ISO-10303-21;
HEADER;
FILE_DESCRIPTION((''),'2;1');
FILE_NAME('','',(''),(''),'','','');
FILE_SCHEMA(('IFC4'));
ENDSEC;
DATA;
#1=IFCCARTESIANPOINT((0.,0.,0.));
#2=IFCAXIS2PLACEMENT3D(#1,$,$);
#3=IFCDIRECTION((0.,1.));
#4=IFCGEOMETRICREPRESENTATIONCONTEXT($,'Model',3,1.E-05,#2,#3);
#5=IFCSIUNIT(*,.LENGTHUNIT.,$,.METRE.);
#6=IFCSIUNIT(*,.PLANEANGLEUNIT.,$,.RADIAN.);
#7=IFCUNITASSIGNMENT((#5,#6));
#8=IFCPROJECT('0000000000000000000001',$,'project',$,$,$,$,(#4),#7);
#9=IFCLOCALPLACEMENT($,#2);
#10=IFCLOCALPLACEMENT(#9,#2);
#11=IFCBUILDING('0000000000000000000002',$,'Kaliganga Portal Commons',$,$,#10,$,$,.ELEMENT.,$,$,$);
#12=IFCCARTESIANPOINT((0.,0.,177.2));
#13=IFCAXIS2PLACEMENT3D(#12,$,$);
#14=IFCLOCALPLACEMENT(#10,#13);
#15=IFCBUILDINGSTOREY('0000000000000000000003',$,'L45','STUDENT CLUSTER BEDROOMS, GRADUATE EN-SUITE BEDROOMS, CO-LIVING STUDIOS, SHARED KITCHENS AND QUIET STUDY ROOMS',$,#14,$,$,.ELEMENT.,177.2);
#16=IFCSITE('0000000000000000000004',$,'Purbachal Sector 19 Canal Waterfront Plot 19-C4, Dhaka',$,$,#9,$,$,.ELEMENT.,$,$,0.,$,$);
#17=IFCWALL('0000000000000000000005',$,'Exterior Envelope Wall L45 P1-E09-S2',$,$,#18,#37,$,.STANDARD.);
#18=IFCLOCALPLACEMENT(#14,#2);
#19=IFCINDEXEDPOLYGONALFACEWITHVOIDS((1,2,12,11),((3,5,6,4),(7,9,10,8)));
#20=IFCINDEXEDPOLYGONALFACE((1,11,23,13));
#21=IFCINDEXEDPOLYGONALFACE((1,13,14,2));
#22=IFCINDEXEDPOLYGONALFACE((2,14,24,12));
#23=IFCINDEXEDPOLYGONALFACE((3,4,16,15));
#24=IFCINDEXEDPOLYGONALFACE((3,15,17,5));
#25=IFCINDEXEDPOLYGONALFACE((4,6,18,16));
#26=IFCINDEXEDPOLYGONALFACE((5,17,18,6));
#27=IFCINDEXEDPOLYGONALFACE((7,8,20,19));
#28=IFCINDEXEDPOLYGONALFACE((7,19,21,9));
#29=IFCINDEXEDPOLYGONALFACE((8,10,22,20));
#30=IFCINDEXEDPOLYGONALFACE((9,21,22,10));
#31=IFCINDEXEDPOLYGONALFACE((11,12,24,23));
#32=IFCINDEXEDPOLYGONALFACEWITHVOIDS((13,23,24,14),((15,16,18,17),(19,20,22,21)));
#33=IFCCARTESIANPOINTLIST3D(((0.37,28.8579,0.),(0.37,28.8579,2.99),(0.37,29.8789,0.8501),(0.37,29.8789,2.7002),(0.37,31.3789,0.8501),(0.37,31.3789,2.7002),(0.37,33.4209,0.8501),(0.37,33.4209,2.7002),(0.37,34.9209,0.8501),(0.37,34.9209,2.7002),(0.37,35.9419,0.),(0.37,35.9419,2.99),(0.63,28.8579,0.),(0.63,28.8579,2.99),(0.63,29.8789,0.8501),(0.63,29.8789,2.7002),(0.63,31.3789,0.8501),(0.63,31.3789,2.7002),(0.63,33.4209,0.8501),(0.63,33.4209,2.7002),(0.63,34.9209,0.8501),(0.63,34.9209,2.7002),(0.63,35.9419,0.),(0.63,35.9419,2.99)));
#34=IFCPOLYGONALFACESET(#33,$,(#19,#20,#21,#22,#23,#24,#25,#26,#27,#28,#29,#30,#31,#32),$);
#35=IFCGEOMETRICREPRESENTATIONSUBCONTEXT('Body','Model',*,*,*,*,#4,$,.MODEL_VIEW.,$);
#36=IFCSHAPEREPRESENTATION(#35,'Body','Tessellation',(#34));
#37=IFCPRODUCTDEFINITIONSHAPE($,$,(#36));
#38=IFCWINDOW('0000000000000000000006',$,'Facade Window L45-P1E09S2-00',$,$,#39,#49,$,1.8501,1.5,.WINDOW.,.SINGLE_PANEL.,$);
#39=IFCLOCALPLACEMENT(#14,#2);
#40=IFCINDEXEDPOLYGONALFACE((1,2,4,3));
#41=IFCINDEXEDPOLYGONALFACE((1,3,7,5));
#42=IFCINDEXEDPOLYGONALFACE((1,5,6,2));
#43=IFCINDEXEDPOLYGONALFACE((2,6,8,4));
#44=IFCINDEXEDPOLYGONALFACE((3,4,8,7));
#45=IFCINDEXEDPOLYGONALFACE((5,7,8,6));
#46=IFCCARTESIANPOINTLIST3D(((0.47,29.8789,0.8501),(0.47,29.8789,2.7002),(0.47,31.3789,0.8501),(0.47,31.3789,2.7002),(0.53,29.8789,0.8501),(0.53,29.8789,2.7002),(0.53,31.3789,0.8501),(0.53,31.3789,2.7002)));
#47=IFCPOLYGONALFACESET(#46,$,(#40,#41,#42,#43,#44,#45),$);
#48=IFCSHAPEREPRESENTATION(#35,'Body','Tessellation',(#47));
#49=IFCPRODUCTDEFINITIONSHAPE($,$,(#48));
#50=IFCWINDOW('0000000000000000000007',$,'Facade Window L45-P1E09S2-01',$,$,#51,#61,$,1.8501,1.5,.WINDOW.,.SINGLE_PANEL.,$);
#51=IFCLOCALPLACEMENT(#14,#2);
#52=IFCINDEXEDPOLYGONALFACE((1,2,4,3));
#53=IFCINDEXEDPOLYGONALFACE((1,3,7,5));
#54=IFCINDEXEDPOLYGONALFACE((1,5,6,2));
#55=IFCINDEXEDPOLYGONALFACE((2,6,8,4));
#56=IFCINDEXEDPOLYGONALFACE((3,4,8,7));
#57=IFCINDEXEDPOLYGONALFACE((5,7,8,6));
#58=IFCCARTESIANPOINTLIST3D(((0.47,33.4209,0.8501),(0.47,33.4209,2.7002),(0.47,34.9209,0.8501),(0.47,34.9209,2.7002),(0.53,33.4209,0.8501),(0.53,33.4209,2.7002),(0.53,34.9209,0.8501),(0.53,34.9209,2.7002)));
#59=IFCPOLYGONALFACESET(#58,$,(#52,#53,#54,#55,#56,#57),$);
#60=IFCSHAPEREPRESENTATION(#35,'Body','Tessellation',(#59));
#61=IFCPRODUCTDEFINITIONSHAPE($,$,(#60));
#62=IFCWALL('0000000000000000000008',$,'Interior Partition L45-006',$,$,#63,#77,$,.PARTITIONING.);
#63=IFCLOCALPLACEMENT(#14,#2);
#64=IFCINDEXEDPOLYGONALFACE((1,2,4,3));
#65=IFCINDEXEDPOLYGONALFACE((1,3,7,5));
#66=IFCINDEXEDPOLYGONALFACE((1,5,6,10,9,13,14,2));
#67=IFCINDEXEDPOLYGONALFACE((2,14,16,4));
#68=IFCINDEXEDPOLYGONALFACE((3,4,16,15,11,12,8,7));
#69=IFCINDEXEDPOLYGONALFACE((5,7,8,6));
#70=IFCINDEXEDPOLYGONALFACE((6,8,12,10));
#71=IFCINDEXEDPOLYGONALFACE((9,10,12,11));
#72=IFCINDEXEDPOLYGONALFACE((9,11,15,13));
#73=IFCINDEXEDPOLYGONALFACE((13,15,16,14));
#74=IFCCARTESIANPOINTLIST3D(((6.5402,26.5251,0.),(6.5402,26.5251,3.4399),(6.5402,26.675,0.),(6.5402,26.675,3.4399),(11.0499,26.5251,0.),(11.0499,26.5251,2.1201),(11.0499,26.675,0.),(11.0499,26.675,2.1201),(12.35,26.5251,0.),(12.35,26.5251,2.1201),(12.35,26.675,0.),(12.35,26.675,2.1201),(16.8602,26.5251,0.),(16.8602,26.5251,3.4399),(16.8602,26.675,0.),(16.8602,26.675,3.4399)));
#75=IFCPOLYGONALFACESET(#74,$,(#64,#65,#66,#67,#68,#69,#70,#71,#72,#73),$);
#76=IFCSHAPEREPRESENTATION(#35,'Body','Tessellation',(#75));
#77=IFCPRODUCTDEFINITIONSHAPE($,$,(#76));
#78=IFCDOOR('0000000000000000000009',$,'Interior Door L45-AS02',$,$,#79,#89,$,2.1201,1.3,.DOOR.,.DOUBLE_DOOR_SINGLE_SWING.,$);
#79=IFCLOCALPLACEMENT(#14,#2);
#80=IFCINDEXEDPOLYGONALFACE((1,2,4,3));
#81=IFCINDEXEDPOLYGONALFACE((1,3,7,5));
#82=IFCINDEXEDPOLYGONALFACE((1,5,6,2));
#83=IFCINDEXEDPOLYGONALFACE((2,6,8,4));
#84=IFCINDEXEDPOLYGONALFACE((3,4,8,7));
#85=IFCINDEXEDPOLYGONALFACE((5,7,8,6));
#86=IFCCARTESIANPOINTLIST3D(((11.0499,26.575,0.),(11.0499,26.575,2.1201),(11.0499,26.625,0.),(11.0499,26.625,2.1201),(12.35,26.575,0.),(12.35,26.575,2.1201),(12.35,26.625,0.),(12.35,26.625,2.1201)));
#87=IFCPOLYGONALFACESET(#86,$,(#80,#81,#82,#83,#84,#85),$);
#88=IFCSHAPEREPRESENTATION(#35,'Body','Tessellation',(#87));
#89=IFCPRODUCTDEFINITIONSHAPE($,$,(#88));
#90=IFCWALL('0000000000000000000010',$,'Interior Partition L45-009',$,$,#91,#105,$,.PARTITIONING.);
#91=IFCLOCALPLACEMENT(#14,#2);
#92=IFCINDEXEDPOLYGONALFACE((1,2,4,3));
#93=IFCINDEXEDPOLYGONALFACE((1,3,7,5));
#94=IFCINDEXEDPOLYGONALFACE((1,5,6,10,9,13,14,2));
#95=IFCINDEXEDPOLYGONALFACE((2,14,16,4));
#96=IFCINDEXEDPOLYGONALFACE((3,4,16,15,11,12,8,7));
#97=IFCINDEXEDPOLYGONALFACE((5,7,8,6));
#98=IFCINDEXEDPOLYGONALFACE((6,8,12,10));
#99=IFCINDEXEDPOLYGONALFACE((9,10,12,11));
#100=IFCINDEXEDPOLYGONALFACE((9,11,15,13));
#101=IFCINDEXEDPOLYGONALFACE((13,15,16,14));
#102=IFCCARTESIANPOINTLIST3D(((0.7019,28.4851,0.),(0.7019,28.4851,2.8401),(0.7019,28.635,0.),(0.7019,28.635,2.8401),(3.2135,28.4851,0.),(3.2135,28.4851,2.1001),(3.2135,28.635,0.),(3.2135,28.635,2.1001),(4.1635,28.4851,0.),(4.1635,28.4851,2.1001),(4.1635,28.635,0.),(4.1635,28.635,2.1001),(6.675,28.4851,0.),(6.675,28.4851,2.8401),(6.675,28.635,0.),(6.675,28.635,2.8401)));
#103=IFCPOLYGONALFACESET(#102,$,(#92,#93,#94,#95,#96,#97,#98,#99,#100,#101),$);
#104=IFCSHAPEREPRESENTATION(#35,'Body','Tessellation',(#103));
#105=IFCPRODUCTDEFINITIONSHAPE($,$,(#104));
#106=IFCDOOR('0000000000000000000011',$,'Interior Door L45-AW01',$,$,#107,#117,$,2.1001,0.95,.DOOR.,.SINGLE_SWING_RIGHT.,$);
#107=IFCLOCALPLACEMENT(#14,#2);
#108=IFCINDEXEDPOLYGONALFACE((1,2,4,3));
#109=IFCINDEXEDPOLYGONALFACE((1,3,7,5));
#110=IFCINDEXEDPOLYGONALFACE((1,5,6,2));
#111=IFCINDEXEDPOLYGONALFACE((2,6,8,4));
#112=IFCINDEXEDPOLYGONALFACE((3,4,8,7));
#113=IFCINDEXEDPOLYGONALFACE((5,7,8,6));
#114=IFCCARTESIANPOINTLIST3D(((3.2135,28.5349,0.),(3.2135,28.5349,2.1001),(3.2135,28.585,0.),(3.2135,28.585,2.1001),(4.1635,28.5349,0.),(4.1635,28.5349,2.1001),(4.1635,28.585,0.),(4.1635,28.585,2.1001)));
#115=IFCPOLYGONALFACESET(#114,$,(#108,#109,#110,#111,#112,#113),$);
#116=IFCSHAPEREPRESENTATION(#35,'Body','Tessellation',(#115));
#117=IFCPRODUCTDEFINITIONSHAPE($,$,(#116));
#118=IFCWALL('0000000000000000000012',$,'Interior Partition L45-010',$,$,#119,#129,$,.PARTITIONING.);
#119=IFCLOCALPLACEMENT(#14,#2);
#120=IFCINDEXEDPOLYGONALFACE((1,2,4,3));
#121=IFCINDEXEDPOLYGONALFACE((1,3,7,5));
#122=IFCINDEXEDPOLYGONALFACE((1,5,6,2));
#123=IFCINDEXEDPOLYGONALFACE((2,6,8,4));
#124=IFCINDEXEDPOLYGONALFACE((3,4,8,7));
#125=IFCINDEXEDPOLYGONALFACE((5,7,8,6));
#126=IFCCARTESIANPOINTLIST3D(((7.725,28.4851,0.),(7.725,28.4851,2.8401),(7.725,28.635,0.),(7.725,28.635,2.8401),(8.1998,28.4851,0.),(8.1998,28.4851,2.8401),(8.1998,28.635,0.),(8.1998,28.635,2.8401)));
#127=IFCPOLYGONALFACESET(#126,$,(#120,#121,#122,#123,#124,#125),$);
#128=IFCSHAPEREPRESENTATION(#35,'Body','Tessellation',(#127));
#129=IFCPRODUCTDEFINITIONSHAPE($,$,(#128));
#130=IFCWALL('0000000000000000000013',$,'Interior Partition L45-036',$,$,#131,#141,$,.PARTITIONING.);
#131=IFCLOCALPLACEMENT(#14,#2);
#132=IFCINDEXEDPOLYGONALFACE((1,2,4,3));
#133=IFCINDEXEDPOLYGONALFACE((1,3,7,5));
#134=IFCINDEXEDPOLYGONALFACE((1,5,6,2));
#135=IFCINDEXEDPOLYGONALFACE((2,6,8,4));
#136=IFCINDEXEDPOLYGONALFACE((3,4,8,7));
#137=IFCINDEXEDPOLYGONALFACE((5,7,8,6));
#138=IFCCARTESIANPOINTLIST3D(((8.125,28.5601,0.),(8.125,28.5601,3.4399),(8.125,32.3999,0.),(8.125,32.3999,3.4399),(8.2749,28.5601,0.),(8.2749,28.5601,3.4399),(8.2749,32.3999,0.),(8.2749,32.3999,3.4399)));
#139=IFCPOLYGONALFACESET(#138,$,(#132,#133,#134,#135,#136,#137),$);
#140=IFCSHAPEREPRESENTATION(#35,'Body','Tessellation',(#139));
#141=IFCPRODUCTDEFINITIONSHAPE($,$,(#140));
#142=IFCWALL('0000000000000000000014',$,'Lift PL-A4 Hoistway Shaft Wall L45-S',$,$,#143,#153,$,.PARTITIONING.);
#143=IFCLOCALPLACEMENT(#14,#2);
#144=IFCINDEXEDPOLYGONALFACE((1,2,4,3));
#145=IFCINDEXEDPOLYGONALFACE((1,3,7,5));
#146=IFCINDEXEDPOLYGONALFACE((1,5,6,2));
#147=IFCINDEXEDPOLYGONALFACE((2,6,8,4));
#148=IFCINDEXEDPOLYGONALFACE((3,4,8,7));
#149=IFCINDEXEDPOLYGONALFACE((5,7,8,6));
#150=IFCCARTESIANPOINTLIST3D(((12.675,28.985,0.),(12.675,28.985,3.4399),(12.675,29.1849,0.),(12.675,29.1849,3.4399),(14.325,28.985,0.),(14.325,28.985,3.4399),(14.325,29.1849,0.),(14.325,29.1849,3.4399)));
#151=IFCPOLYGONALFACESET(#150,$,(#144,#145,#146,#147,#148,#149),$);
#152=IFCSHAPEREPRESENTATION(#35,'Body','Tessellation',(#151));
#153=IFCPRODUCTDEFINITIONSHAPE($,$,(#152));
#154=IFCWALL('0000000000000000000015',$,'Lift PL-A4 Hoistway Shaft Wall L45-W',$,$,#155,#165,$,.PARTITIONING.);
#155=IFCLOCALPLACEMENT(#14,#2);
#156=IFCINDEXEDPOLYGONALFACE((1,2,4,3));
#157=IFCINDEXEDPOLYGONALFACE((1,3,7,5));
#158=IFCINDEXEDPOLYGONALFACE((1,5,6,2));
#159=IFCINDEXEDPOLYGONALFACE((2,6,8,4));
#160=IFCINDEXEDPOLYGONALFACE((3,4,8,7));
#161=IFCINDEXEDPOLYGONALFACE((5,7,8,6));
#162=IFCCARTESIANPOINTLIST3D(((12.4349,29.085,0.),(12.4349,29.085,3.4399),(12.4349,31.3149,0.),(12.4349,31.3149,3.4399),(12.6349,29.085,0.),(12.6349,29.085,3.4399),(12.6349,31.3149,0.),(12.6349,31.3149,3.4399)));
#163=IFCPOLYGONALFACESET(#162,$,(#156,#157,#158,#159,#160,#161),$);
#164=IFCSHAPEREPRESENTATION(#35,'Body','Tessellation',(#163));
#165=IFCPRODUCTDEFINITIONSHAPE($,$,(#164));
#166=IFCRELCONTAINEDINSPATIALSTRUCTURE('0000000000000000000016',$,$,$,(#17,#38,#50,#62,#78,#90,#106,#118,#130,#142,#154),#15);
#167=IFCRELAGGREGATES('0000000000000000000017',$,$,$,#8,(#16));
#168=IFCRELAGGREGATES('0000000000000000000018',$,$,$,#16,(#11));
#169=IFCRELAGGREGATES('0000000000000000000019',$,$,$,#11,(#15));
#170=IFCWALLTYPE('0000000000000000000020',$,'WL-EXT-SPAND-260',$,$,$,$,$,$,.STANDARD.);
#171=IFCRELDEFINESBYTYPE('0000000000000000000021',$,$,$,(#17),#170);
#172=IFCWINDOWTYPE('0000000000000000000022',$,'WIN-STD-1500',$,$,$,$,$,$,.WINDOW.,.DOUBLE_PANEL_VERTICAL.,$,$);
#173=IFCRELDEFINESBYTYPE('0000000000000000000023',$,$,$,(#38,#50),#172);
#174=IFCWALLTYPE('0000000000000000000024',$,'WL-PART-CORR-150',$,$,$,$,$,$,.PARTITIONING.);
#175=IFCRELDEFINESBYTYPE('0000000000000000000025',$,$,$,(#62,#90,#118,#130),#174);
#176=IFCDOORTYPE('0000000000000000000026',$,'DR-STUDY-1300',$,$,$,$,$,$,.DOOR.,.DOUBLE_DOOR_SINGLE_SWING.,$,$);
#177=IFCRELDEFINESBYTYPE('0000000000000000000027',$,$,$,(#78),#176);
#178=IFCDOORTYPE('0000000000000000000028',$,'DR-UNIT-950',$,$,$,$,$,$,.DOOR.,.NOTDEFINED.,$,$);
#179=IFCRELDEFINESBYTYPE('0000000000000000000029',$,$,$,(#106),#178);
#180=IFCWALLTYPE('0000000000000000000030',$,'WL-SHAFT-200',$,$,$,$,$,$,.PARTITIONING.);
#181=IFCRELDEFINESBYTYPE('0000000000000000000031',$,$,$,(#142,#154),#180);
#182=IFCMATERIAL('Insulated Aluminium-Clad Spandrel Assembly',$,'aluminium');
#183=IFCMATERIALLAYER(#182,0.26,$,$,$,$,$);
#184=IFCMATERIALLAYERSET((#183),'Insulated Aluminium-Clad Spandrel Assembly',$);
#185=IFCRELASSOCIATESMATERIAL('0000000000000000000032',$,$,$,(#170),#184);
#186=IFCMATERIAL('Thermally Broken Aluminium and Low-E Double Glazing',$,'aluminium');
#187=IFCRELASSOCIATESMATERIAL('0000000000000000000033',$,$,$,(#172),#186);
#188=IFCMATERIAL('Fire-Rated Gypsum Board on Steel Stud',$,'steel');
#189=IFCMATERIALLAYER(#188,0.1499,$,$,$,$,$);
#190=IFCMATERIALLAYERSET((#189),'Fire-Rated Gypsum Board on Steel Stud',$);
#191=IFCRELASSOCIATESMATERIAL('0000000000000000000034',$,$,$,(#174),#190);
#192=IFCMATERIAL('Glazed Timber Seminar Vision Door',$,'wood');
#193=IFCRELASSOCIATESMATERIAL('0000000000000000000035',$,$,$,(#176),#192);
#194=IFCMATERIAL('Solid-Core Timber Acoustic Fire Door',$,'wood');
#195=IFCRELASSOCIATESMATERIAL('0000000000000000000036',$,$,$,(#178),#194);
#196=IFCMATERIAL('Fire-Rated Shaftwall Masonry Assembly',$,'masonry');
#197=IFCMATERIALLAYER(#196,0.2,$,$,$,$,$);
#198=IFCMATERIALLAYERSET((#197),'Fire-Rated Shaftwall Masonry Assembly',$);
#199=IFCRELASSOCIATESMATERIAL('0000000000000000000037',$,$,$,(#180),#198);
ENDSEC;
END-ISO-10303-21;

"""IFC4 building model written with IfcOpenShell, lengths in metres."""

from ifc_helpers import new_model, si_unit, direction, frame, frame_2d, origin, place, context, subcontext, project, spatial, rectangle, extrude, material, layer, layer_set, type_object, element, fill, save


model = new_model("IFC4")

# Units and contexts
model_context = context("Model", 3, precision=1e-05, world=origin(), true_north=direction((0.0, 1.0)))
body_context = subcontext(model_context, "Body", "Model", "MODEL_VIEW")
ifc_project = project(units=[si_unit("LENGTHUNIT", "METRE"), si_unit("PLANEANGLEUNIT", "RADIAN")], contexts=[model_context])

# Site, building, storey
site_placement = place(None, origin())
site = spatial("IfcSite", under=ifc_project, at=site_placement, Name="Purbachal Sector 19 Canal Waterfront Plot 19-C4, Dhaka", CompositionType="ELEMENT", RefElevation=0.0)
building_placement = place(site_placement, origin())
building = spatial("IfcBuilding", under=site, at=building_placement, Name="Kaliganga Portal Commons", CompositionType="ELEMENT")
storey_placement = place(building_placement, frame((0.0, 0.0, 177.2)))
storey = spatial("IfcBuildingStorey", under=building, at=storey_placement, Name="L45", Description="STUDENT CLUSTER BEDROOMS, GRADUATE EN-SUITE BEDROOMS, CO-LIVING STUDIOS, SHARED KITCHENS AND QUIET STUDY ROOMS", CompositionType="ELEMENT", Elevation=177.2)

# Wall, openings, windows
ifc_material_1 = material(Name="Insulated Aluminium-Clad Spandrel Assembly", Category="aluminium")
ifc_layer_1 = layer(ifc_material_1, 0.26)
ifc_layer_set_1 = layer_set([ifc_layer_1], Name="Insulated Aluminium-Clad Spandrel Assembly")
wall_type_1 = type_object("IfcWallType", Name="WL-EXT-SPAND-260", PredefinedType="STANDARD", material=ifc_layer_set_1)
wall_1_placement = place(storey_placement, frame((0.5, 28.8579, 0.0), z_axis=(0.0, 0.0, 1.0), x_axis=(0.0, 1.0, 0.0)))
wall_1 = element("IfcWall", 1, at=wall_1_placement, inside=storey, type_object=wall_type_1, Name="Exterior Envelope Wall L45 P1-E09-S2", PredefinedType="STANDARD", context=body_context, shape_type="SweptSolid", body=[
    extrude(rectangle(XDim=7.084, YDim=0.26, at=frame_2d((3.542, 0.0))), origin(), (0.0, 0.0, 1.0), 2.99),
])
opening_1_placement = place(wall_1_placement, frame((1.021, 0.0, 0.8501)))
opening_1 = element("IfcOpeningElement", 2, at=opening_1_placement, cuts=wall_1, PredefinedType="OPENING", context=body_context, shape_type="SweptSolid", body=[
    extrude(rectangle(XDim=1.5, YDim=1.8501, at=frame_2d((0.75, 0.925))), frame((0.0, 0.1401, 0.0), z_axis=(0.0, -1.0, 0.0), x_axis=(1.0, 0.0, 0.0)), (0.0, 0.0, 1.0), 0.28),
])
opening_2_placement = place(wall_1_placement, frame((4.563, 0.0, 0.8501)))
opening_2 = element("IfcOpeningElement", 3, at=opening_2_placement, cuts=wall_1, PredefinedType="OPENING", context=body_context, shape_type="SweptSolid", body=[
    extrude(rectangle(XDim=1.5, YDim=1.8501, at=frame_2d((0.75, 0.925))), frame((0.0, 0.1401, 0.0), z_axis=(0.0, -1.0, 0.0), x_axis=(1.0, 0.0, 0.0)), (0.0, 0.0, 1.0), 0.28),
])
ifc_material_2 = material(Name="Thermally Broken Aluminium and Low-E Double Glazing", Category="aluminium")
window_type = type_object("IfcWindowType", Name="WIN-STD-1500", PartitioningType="DOUBLE_PANEL_VERTICAL", PredefinedType="WINDOW", material=ifc_material_2)
window_1_placement = place(opening_1_placement, origin())
window_1 = element("IfcWindow", 4, at=window_1_placement, inside=storey, type_object=window_type, Name="Facade Window L45-P1E09S2-00", OverallHeight=1.8501, OverallWidth=1.5, PartitioningType="SINGLE_PANEL", PredefinedType="WINDOW", context=body_context, shape_type="SweptSolid", body=[
    extrude(rectangle(XDim=1.5, YDim=1.8501, at=frame_2d((0.75, 0.925))), frame((0.0, 0.03, 0.0), z_axis=(0.0, -1.0, 0.0), x_axis=(1.0, 0.0, 0.0)), (0.0, 0.0, 1.0), 0.0601),
])
fill(opening_1, window_1)
window_2_placement = place(opening_2_placement, origin())
window_2 = element("IfcWindow", 5, at=window_2_placement, inside=storey, type_object=window_type, Name="Facade Window L45-P1E09S2-01", OverallHeight=1.8501, OverallWidth=1.5, PartitioningType="SINGLE_PANEL", PredefinedType="WINDOW", context=body_context, shape_type="SweptSolid", body=[
    extrude(rectangle(XDim=1.5, YDim=1.8501, at=frame_2d((0.75, 0.925))), frame((0.0, 0.03, 0.0), z_axis=(0.0, -1.0, 0.0), x_axis=(1.0, 0.0, 0.0)), (0.0, 0.0, 1.0), 0.0601),
])
fill(opening_2, window_2)

# Walls, openings, doors
ifc_material_3 = material(Name="Fire-Rated Gypsum Board on Steel Stud", Category="steel")
ifc_layer_2 = layer(ifc_material_3, 0.1499)
ifc_layer_set_2 = layer_set([ifc_layer_2], Name="Fire-Rated Gypsum Board on Steel Stud")
wall_type_2 = type_object("IfcWallType", Name="WL-PART-CORR-150", PredefinedType="PARTITIONING", material=ifc_layer_set_2)
wall_2_placement = place(storey_placement, frame((6.54, 26.6001, 0.0), z_axis=(0.0, 0.0, 1.0), x_axis=(1.0, 0.0, 0.0)))
wall_2 = element("IfcWall", 6, at=wall_2_placement, inside=storey, type_object=wall_type_2, Name="Interior Partition L45-006", PredefinedType="PARTITIONING", context=body_context, shape_type="SweptSolid", body=[
    extrude(rectangle(XDim=10.3201, YDim=0.1499, at=frame_2d((5.1602, 0.0))), origin(), (0.0, 0.0, 1.0), 3.4399),
])
opening_3_placement = place(wall_2_placement, frame((4.51, 0.0, 0.0)))
opening_3 = element("IfcOpeningElement", 7, at=opening_3_placement, cuts=wall_2, PredefinedType="OPENING", context=body_context, shape_type="SweptSolid", body=[
    extrude(rectangle(XDim=1.3, YDim=2.1201, at=frame_2d((0.6499, 1.0601))), frame((0.0, 0.085, 0.0), z_axis=(0.0, -1.0, 0.0), x_axis=(1.0, 0.0, 0.0)), (0.0, 0.0, 1.0), 0.1699),
])
ifc_material_4 = material(Name="Glazed Timber Seminar Vision Door", Category="wood")
door_type_1 = type_object("IfcDoorType", Name="DR-STUDY-1300", OperationType="DOUBLE_DOOR_SINGLE_SWING", PredefinedType="DOOR", material=ifc_material_4)
door_1_placement = place(opening_3_placement, origin())
door_1 = element("IfcDoor", 8, at=door_1_placement, inside=storey, type_object=door_type_1, Name="Interior Door L45-AS02", OperationType="DOUBLE_DOOR_SINGLE_SWING", OverallHeight=2.1201, OverallWidth=1.3, PredefinedType="DOOR", context=body_context, shape_type="SweptSolid", body=[
    extrude(rectangle(XDim=1.3, YDim=2.1201, at=frame_2d((0.6499, 1.0601))), frame((0.0, 0.0249, 0.0), z_axis=(0.0, -1.0, 0.0), x_axis=(1.0, 0.0, 0.0)), (0.0, 0.0, 1.0), 0.05),
])
fill(opening_3, door_1)
wall_3_placement = place(storey_placement, frame((0.7019, 28.5601, 0.0), z_axis=(0.0, 0.0, 1.0), x_axis=(1.0, 0.0, 0.0)))
wall_3 = element("IfcWall", 9, at=wall_3_placement, inside=storey, type_object=wall_type_2, Name="Interior Partition L45-009", PredefinedType="PARTITIONING", context=body_context, shape_type="SweptSolid", body=[
    extrude(rectangle(XDim=5.9731, YDim=0.1499, at=frame_2d((2.9866, 0.0))), origin(), (0.0, 0.0, 1.0), 2.8401),
])
opening_4_placement = place(wall_3_placement, frame((2.5115, 0.0, 0.0)))
opening_4 = element("IfcOpeningElement", 10, at=opening_4_placement, cuts=wall_3, PredefinedType="OPENING", context=body_context, shape_type="SweptSolid", body=[
    extrude(rectangle(XDim=0.95, YDim=2.1001, at=frame_2d((0.4751, 1.05))), frame((0.0, 0.085, 0.0), z_axis=(0.0, -1.0, 0.0), x_axis=(1.0, 0.0, 0.0)), (0.0, 0.0, 1.0), 0.1699),
])
ifc_material_5 = material(Name="Solid-Core Timber Acoustic Fire Door", Category="wood")
door_type_2 = type_object("IfcDoorType", Name="DR-UNIT-950", OperationType="NOTDEFINED", PredefinedType="DOOR", material=ifc_material_5)
door_2_placement = place(opening_4_placement, origin())
door_2 = element("IfcDoor", 11, at=door_2_placement, inside=storey, type_object=door_type_2, Name="Interior Door L45-AW01", OperationType="SINGLE_SWING_RIGHT", OverallHeight=2.1001, OverallWidth=0.95, PredefinedType="DOOR", context=body_context, shape_type="SweptSolid", body=[
    extrude(rectangle(XDim=0.95, YDim=2.1001, at=frame_2d((0.4751, 1.05))), frame((0.0, 0.0249, 0.0), z_axis=(0.0, -1.0, 0.0), x_axis=(1.0, 0.0, 0.0)), (0.0, 0.0, 1.0), 0.05),
])
fill(opening_4, door_2)

# Walls
wall_4_placement = place(storey_placement, frame((7.7251, 28.5601, 0.0), z_axis=(0.0, 0.0, 1.0), x_axis=(1.0, 0.0, 0.0)))
element("IfcWall", 12, at=wall_4_placement, inside=storey, type_object=wall_type_2, Name="Interior Partition L45-010", PredefinedType="PARTITIONING", context=body_context, shape_type="SweptSolid", body=[
    extrude(rectangle(XDim=0.4749, YDim=0.1499, at=frame_2d((0.2373, 0.0))), origin(), (0.0, 0.0, 1.0), 2.8401),
])
wall_5_placement = place(storey_placement, frame((8.2, 28.5601, 0.0), z_axis=(0.0, 0.0, 1.0), x_axis=(0.0, 1.0, 0.0)))
element("IfcWall", 13, at=wall_5_placement, inside=storey, type_object=wall_type_2, Name="Interior Partition L45-036", PredefinedType="PARTITIONING", context=body_context, shape_type="SweptSolid", body=[
    extrude(rectangle(XDim=3.8398, YDim=0.1499, at=frame_2d((1.9199, 0.0))), origin(), (0.0, 0.0, 1.0), 3.4399),
])
ifc_material_6 = material(Name="Fire-Rated Shaftwall Masonry Assembly", Category="masonry")
ifc_layer_3 = layer(ifc_material_6, 0.2)
ifc_layer_set_3 = layer_set([ifc_layer_3], Name="Fire-Rated Shaftwall Masonry Assembly")
wall_type_3 = type_object("IfcWallType", Name="WL-SHAFT-200", PredefinedType="PARTITIONING", material=ifc_layer_set_3)
wall_6_placement = place(storey_placement, frame((12.675, 29.085, 0.0), z_axis=(0.0, 0.0, 1.0), x_axis=(1.0, 0.0, 0.0)))
element("IfcWall", 14, at=wall_6_placement, inside=storey, type_object=wall_type_3, Name="Lift PL-A4 Hoistway Shaft Wall L45-S", PredefinedType="PARTITIONING", context=body_context, shape_type="SweptSolid", body=[
    extrude(rectangle(XDim=1.6499, YDim=0.2, at=frame_2d((0.825, 0.0))), origin(), (0.0, 0.0, 1.0), 3.4399),
])
wall_7_placement = place(storey_placement, frame((12.5349, 29.085, 0.0), z_axis=(0.0, 0.0, 1.0), x_axis=(0.0, 1.0, 0.0)))
element("IfcWall", 15, at=wall_7_placement, inside=storey, type_object=wall_type_3, Name="Lift PL-A4 Hoistway Shaft Wall L45-W", PredefinedType="PARTITIONING", context=body_context, shape_type="SweptSolid", body=[
    extrude(rectangle(XDim=2.23, YDim=0.2, at=frame_2d((1.115, 0.0))), origin(), (0.0, 0.0, 1.0), 3.4399),
])

save(model, "model.ifc")
